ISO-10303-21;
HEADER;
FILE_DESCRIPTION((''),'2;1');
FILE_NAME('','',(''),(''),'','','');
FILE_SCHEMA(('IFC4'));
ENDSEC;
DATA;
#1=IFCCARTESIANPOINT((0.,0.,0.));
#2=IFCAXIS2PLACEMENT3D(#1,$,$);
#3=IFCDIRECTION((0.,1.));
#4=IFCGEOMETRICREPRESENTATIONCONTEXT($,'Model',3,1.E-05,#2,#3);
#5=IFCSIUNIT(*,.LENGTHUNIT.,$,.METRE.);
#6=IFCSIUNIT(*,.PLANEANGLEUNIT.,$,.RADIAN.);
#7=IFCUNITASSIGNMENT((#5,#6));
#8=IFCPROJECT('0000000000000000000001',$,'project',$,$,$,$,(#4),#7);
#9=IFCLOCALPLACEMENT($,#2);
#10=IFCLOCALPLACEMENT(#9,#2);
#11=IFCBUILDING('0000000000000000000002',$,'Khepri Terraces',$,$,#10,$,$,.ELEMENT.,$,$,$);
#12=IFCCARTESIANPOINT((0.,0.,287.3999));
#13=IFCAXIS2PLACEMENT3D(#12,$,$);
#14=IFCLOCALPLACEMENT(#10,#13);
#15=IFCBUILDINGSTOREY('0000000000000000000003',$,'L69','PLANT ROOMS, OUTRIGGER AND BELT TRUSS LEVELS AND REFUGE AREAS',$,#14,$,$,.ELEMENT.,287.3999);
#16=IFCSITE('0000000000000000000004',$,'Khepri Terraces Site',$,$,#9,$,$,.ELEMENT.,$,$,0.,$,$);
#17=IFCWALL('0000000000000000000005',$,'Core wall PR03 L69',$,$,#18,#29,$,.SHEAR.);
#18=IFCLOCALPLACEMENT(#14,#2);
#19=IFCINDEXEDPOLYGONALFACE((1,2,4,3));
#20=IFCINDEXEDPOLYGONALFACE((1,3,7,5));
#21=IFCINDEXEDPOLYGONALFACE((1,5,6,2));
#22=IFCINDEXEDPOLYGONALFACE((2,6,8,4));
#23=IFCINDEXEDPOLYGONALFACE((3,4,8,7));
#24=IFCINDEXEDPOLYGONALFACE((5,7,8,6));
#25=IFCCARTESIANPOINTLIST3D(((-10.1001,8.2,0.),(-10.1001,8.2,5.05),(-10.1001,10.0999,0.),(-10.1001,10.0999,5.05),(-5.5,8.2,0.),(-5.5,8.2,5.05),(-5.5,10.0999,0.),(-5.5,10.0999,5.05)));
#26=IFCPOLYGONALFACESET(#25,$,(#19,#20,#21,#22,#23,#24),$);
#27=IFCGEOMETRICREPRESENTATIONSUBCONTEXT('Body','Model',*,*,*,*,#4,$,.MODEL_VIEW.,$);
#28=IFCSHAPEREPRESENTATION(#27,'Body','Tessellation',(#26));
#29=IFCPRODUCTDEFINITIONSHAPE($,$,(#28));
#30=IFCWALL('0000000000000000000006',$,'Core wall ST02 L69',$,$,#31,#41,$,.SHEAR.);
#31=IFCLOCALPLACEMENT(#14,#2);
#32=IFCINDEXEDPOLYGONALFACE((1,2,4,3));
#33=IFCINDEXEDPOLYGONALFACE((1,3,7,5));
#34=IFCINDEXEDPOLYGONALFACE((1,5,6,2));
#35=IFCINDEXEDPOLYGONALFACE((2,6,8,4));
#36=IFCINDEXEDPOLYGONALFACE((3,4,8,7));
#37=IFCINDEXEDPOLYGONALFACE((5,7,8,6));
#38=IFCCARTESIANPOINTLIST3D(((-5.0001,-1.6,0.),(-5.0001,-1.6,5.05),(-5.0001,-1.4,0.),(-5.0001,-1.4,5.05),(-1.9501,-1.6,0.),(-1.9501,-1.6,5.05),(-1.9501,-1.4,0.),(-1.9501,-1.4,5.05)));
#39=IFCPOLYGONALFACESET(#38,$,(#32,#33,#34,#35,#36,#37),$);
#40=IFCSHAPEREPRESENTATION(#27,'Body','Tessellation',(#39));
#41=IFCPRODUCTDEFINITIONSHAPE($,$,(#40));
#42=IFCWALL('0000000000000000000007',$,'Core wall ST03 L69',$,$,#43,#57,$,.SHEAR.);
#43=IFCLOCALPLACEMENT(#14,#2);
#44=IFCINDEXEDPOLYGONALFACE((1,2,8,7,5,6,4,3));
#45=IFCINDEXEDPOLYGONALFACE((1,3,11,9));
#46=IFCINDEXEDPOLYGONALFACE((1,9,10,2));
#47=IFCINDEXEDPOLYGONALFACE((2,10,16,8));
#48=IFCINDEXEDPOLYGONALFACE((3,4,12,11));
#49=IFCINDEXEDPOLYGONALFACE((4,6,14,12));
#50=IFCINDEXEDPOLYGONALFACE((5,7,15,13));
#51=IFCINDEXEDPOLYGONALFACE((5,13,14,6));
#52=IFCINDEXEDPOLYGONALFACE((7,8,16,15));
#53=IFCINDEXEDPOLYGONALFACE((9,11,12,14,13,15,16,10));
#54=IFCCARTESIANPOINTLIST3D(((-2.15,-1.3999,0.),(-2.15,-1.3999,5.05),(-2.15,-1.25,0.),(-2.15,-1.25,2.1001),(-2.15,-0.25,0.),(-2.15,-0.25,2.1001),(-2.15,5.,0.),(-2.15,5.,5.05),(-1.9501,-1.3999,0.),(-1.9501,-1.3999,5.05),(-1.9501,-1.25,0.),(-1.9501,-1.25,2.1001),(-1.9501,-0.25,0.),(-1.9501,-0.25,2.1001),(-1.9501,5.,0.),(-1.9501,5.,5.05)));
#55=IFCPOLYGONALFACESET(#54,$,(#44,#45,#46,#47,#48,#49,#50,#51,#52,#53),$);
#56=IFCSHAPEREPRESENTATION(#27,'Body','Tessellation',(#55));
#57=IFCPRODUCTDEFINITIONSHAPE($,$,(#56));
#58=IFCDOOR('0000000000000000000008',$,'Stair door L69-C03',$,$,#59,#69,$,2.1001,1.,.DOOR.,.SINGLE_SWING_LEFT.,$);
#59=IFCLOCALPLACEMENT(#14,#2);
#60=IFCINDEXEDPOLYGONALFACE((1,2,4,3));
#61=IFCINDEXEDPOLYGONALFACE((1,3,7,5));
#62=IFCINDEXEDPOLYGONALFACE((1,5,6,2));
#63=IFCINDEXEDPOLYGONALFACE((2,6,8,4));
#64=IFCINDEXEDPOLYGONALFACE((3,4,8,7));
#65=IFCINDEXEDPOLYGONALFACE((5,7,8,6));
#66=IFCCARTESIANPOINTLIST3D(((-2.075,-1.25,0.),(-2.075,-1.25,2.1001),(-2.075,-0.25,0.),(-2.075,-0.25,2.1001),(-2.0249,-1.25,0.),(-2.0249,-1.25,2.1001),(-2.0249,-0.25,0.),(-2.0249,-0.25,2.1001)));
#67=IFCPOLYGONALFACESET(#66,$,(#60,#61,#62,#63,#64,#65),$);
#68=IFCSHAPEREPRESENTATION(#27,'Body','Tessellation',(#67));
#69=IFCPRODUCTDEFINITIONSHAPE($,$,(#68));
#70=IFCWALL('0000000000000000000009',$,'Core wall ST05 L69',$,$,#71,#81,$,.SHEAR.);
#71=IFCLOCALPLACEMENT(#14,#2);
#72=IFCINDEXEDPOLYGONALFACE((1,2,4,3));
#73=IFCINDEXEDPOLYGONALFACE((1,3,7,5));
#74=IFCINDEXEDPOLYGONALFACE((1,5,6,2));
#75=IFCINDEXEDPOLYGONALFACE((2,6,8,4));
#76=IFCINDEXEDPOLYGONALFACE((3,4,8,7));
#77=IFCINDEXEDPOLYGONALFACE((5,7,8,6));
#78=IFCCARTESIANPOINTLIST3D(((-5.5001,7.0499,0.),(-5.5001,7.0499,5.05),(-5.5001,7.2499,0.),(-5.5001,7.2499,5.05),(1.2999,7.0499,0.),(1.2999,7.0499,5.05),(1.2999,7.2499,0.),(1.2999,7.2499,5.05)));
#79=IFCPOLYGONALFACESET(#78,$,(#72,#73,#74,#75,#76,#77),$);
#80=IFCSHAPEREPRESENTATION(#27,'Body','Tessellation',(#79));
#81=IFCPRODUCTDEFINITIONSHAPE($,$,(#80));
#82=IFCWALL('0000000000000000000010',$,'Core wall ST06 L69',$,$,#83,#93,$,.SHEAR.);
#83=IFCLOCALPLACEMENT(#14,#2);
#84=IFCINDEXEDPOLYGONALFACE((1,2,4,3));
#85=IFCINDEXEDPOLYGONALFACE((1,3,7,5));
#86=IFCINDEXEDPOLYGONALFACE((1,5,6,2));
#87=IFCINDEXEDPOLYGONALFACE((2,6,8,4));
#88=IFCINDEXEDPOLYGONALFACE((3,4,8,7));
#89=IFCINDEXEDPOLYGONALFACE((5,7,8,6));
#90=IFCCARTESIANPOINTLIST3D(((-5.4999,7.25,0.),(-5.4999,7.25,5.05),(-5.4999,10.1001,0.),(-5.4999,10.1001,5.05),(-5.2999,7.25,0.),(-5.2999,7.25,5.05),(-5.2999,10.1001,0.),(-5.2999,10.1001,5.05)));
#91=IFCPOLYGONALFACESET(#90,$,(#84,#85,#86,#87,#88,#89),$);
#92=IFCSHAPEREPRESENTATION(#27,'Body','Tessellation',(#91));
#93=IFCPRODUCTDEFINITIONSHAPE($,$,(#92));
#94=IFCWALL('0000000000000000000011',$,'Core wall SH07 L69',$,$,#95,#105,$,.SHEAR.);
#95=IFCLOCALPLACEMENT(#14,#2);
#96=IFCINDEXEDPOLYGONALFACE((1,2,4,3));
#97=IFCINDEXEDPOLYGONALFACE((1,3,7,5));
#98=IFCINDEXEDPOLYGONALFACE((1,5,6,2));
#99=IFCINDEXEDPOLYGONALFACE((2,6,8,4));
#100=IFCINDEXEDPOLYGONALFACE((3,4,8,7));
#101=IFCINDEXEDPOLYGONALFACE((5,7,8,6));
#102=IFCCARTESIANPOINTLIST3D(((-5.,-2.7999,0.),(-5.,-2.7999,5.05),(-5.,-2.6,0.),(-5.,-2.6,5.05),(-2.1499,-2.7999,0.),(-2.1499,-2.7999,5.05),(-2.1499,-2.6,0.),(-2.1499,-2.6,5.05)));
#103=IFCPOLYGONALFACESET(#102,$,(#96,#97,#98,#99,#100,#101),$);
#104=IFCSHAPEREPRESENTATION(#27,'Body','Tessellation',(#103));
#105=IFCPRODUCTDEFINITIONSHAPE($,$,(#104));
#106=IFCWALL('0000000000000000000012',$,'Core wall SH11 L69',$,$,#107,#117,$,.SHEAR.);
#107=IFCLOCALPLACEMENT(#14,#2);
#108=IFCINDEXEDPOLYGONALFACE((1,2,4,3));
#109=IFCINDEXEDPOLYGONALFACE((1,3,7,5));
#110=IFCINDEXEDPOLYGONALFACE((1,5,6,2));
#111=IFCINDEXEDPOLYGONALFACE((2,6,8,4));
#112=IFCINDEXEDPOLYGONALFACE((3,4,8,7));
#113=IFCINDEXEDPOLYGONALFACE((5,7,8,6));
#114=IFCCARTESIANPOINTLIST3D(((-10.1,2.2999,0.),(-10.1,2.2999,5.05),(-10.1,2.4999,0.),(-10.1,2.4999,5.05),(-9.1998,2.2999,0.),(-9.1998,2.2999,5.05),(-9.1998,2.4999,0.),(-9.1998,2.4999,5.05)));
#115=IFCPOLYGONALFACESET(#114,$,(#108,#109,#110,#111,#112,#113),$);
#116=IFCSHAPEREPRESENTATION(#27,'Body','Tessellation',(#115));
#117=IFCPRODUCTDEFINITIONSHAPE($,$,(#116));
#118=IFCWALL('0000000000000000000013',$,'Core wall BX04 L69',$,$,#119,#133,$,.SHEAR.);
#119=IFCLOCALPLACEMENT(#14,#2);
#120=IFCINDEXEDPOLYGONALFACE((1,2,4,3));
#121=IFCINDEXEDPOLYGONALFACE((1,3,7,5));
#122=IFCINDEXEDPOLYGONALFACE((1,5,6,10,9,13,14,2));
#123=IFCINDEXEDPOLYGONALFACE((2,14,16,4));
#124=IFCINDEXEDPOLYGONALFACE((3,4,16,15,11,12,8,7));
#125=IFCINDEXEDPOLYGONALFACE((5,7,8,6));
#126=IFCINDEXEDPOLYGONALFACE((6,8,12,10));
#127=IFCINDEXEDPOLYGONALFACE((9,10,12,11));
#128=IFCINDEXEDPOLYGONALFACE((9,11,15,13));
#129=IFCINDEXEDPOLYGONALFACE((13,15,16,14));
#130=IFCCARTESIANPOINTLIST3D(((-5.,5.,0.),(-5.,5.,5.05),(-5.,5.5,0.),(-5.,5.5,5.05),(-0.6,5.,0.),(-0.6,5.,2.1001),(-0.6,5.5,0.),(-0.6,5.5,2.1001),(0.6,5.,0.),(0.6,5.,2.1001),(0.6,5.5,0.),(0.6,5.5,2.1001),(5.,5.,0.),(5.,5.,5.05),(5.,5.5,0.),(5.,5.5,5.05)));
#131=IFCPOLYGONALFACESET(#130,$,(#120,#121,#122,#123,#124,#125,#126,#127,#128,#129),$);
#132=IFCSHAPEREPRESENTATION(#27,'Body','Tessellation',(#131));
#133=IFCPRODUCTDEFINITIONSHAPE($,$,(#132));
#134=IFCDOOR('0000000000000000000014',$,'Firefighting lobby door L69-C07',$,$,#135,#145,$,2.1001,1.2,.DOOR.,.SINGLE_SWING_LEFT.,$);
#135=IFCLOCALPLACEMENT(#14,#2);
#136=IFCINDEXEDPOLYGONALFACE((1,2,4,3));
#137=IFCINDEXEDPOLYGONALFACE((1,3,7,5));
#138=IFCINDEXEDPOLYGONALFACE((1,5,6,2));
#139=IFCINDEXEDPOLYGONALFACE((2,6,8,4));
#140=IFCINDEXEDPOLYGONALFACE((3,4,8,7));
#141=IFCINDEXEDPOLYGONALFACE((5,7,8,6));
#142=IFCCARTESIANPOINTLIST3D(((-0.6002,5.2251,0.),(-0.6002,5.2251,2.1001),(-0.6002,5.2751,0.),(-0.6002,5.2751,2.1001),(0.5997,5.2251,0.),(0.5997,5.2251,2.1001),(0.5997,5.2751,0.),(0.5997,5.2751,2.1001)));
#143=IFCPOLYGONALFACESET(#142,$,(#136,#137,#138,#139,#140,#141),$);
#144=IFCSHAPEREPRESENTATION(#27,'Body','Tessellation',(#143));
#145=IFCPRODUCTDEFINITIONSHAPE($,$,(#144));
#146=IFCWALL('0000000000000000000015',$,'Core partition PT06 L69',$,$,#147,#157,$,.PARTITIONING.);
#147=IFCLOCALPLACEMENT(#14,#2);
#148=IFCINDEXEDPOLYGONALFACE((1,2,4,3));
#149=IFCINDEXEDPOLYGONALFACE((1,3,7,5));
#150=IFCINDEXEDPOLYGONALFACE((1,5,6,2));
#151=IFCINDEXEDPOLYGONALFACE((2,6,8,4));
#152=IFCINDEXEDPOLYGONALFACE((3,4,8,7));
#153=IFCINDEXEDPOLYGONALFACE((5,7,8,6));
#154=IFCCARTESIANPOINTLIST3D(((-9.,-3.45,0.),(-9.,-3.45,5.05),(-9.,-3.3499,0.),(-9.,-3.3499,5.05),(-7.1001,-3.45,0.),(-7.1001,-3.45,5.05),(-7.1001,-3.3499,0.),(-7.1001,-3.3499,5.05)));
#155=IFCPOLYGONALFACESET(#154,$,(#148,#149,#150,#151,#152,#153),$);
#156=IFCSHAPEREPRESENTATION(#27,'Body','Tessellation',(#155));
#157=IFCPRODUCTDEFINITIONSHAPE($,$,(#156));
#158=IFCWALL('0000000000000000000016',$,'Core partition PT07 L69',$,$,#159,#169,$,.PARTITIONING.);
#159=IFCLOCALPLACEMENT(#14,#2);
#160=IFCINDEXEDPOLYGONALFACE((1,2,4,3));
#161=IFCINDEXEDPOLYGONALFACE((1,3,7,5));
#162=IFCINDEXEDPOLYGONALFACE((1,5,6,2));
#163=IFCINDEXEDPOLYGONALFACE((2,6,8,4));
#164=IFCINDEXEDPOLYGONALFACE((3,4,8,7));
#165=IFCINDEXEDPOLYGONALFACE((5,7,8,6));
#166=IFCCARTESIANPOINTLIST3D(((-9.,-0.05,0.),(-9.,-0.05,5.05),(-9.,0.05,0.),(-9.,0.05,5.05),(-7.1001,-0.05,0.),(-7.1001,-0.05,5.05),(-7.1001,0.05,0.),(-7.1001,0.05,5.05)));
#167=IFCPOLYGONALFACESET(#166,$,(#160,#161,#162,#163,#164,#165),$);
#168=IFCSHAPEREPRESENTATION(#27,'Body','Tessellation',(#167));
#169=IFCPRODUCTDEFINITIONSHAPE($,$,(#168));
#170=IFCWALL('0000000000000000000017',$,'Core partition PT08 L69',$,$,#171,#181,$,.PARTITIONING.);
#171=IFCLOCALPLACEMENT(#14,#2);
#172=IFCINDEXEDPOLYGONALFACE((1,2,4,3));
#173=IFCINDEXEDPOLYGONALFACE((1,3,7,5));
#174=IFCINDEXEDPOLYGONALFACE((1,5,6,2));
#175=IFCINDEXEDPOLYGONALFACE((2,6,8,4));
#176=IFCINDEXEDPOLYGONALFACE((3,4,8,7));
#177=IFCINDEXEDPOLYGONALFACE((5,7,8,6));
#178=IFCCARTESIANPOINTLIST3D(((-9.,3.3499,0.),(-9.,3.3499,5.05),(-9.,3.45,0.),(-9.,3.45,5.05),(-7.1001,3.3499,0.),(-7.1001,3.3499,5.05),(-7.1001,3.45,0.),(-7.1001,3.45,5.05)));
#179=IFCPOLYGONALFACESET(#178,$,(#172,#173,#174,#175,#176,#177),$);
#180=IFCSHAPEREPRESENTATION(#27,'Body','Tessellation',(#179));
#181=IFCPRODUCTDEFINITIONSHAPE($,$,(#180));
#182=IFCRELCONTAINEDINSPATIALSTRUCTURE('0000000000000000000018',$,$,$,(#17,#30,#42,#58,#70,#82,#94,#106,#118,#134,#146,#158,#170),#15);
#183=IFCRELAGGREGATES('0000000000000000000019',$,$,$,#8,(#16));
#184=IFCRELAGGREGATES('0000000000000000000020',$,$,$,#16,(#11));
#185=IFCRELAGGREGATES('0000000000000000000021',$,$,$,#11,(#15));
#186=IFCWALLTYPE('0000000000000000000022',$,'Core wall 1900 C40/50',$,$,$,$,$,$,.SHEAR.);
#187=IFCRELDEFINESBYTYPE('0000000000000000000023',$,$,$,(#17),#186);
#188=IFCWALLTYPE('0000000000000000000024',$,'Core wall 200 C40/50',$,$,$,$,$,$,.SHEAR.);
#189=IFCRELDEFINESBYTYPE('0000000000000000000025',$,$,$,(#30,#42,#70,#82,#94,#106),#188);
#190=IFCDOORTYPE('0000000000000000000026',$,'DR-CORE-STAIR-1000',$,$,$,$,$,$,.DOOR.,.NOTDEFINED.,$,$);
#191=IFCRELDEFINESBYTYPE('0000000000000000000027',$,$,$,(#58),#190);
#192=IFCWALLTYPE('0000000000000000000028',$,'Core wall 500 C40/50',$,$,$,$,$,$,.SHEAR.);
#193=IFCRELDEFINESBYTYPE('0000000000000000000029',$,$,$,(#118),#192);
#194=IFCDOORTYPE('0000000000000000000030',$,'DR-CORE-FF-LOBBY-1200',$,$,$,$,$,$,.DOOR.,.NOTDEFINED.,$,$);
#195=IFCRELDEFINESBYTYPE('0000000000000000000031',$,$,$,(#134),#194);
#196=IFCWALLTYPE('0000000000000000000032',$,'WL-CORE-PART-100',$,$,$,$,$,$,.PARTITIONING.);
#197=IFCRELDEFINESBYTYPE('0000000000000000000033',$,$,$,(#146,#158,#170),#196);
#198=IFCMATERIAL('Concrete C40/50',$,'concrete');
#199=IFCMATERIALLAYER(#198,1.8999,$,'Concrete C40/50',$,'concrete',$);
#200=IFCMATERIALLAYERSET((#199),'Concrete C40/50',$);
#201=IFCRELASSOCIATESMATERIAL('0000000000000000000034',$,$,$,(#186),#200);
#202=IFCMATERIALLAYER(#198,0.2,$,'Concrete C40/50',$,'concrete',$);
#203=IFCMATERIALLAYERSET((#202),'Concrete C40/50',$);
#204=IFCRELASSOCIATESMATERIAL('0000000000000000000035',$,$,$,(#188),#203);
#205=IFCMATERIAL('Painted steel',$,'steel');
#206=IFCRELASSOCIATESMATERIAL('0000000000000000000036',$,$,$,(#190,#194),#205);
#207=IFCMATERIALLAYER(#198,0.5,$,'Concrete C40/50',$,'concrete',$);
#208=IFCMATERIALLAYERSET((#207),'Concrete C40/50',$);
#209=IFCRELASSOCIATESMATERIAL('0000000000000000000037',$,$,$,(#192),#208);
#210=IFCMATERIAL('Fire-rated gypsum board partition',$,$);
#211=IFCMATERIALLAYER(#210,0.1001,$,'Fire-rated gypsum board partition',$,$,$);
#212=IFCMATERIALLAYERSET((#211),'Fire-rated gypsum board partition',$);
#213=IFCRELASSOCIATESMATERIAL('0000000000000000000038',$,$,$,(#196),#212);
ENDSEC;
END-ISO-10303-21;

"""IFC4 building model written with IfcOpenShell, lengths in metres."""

from ifc_helpers import new_model, si_unit, direction, frame, frame_2d, origin, place, context, subcontext, project, spatial, rectangle, extrude, material, layer, layer_set, type_object, element, fill, save


model = new_model("IFC4")

# Units and contexts
model_context = context("Model", 3, precision=1e-05, world=origin(), true_north=direction((0.0, 1.0)))
body_context = subcontext(model_context, "Body", "Model", "MODEL_VIEW")
ifc_project = project(units=[si_unit("LENGTHUNIT", "METRE"), si_unit("PLANEANGLEUNIT", "RADIAN")], contexts=[model_context])

# Site, building, storey
site_placement = place(None, origin())
site = spatial("IfcSite", under=ifc_project, at=site_placement, Name="Khepri Terraces Site", CompositionType="ELEMENT", RefElevation=0.0)
building_placement = place(site_placement, origin())
building = spatial("IfcBuilding", under=site, at=building_placement, Name="Khepri Terraces", CompositionType="ELEMENT")
storey_placement = place(building_placement, frame((0.0, 0.0, 287.3999)))
storey = spatial("IfcBuildingStorey", under=building, at=storey_placement, Name="L69", Description="PLANT ROOMS, OUTRIGGER AND BELT TRUSS LEVELS AND REFUGE AREAS", CompositionType="ELEMENT", Elevation=287.3999)

# Walls
ifc_material_1 = material(Name="Concrete C40/50", Category="concrete")
ifc_layer_1 = layer(ifc_material_1, 1.8999, Name="Concrete C40/50", Category="concrete")
ifc_layer_set_1 = layer_set([ifc_layer_1], Name="Concrete C40/50")
wall_type_1 = type_object("IfcWallType", Name="Core wall 1900 C40/50", PredefinedType="SHEAR", material=ifc_layer_set_1)
wall_1_placement = place(storey_placement, frame((-10.1001, 9.1499, 0.0), z_axis=(0.0, 0.0, 1.0), x_axis=(1.0, 0.0, 0.0)))
element("IfcWall", 1, at=wall_1_placement, inside=storey, type_object=wall_type_1, Name="Core wall PR03 L69", PredefinedType="SHEAR", context=body_context, shape_type="SweptSolid", body=[
    extrude(rectangle(XDim=4.6001, YDim=1.8999, at=frame_2d((2.3, 0.0))), origin(), (0.0, 0.0, 1.0), 5.05),
])
ifc_layer_2 = layer(ifc_material_1, 0.2, Name="Concrete C40/50", Category="concrete")
ifc_layer_set_2 = layer_set([ifc_layer_2], Name="Concrete C40/50")
wall_type_2 = type_object("IfcWallType", Name="Core wall 200 C40/50", PredefinedType="SHEAR", material=ifc_layer_set_2)
wall_2_placement = place(storey_placement, frame((-5.0, -1.5, 0.0), z_axis=(0.0, 0.0, 1.0), x_axis=(1.0, 0.0, 0.0)))
element("IfcWall", 2, at=wall_2_placement, inside=storey, type_object=wall_type_2, Name="Core wall ST02 L69", PredefinedType="SHEAR", context=body_context, shape_type="SweptSolid", body=[
    extrude(rectangle(XDim=3.05, YDim=0.2, at=frame_2d((1.5249, 0.0))), origin(), (0.0, 0.0, 1.0), 5.05),
])

# Wall, opening, door
wall_3_placement = place(storey_placement, frame((-2.05, -1.3999, 0.0), z_axis=(0.0, 0.0, 1.0), x_axis=(0.0, 1.0, 0.0)))
wall_3 = element("IfcWall", 3, at=wall_3_placement, inside=storey, type_object=wall_type_2, Name="Core wall ST03 L69", PredefinedType="SHEAR", context=body_context, shape_type="SweptSolid", body=[
    extrude(rectangle(XDim=6.3999, YDim=0.2, at=frame_2d((3.2, 0.0))), origin(), (0.0, 0.0, 1.0), 5.05),
])
opening_1_placement = place(wall_3_placement, frame((0.1499, 0.0, 0.0)))
opening_1 = element("IfcOpeningElement", 4, at=opening_1_placement, cuts=wall_3, PredefinedType="OPENING", context=body_context, shape_type="SweptSolid", body=[
    extrude(rectangle(XDim=1.0, YDim=2.1001, at=frame_2d((0.5, 1.05))), frame((0.0, 0.1099, 0.0), z_axis=(0.0, -1.0, 0.0), x_axis=(1.0, 0.0, 0.0)), (0.0, 0.0, 1.0), 0.22),
])
ifc_material_2 = material(Name="Painted steel", Category="steel")
door_type_1 = type_object("IfcDoorType", Name="DR-CORE-STAIR-1000", OperationType="NOTDEFINED", PredefinedType="DOOR", material=ifc_material_2)
door_1_placement = place(opening_1_placement, origin())
door_1 = element("IfcDoor", 5, at=door_1_placement, inside=storey, type_object=door_type_1, Name="Stair door L69-C03", OperationType="SINGLE_SWING_LEFT", OverallHeight=2.1001, OverallWidth=1.0, PredefinedType="DOOR", context=body_context, shape_type="SweptSolid", body=[
    extrude(rectangle(XDim=1.0, YDim=2.1001, at=frame_2d((0.5, 1.05))), frame((0.0, 0.0249, 0.0), z_axis=(0.0, -1.0, 0.0), x_axis=(1.0, 0.0, 0.0)), (0.0, 0.0, 1.0), 0.05),
])
fill(opening_1, door_1)

# Walls
wall_4_placement = place(storey_placement, frame((-5.5, 7.1499, 0.0), z_axis=(0.0, 0.0, 1.0), x_axis=(1.0, 0.0, 0.0)))
element("IfcWall", 6, at=wall_4_placement, inside=storey, type_object=wall_type_2, Name="Core wall ST05 L69", PredefinedType="SHEAR", context=body_context, shape_type="SweptSolid", body=[
    extrude(rectangle(XDim=6.8, YDim=0.2, at=frame_2d((3.3999, 0.0))), origin(), (0.0, 0.0, 1.0), 5.05),
])
for number, where, z_axis, x_axis, name in (
    (7, (-5.3999, 7.25, 0.0), (0.0, 0.0, 1.0), (0.0, 1.0, 0.0), "Core wall ST06 L69"),
    (8, (-5.0, -2.7, 0.0), (0.0, 0.0, 1.0), (1.0, 0.0, 0.0), "Core wall SH07 L69"),
):
    element("IfcWall", number, at=place(storey_placement, frame(where, z_axis=z_axis, x_axis=x_axis)), inside=storey, type_object=wall_type_2, Name=name, PredefinedType="SHEAR", context=body_context, shape_type="SweptSolid", body=[
        extrude(rectangle(XDim=2.8501, YDim=0.2, at=frame_2d((1.425, 0.0))), origin(), (0.0, 0.0, 1.0), 5.05),
    ])
wall_5_placement = place(storey_placement, frame((-10.1001, 2.3999, 0.0), z_axis=(0.0, 0.0, 1.0), x_axis=(1.0, 0.0, 0.0)))
element("IfcWall", 9, at=wall_5_placement, inside=storey, type_object=wall_type_2, Name="Core wall SH11 L69", PredefinedType="SHEAR", context=body_context, shape_type="SweptSolid", body=[
    extrude(rectangle(XDim=0.9001, YDim=0.2, at=frame_2d((0.4502, 0.0))), origin(), (0.0, 0.0, 1.0), 5.05),
])

# Wall, opening, door
ifc_layer_3 = layer(ifc_material_1, 0.5, Name="Concrete C40/50", Category="concrete")
ifc_layer_set_3 = layer_set([ifc_layer_3], Name="Concrete C40/50")
wall_type_3 = type_object("IfcWallType", Name="Core wall 500 C40/50", PredefinedType="SHEAR", material=ifc_layer_set_3)
wall_6_placement = place(storey_placement, frame((-5.0, 5.25, 0.0), z_axis=(0.0, 0.0, 1.0), x_axis=(1.0, 0.0, 0.0)))
wall_6 = element("IfcWall", 10, at=wall_6_placement, inside=storey, type_object=wall_type_3, Name="Core wall BX04 L69", PredefinedType="SHEAR", context=body_context, shape_type="SweptSolid", body=[
    extrude(rectangle(XDim=10.0, YDim=0.5, at=frame_2d((5.0, 0.0))), origin(), (0.0, 0.0, 1.0), 5.05),
])
opening_2_placement = place(wall_6_placement, frame((4.3999, 0.0, 0.0)))
opening_2 = element("IfcOpeningElement", 11, at=opening_2_placement, cuts=wall_6, PredefinedType="OPENING", context=body_context, shape_type="SweptSolid", body=[
    extrude(rectangle(XDim=1.2, YDim=2.1001, at=frame_2d((0.6001, 1.05))), frame((0.0, 0.26, 0.0), z_axis=(0.0, -1.0, 0.0), x_axis=(1.0, 0.0, 0.0)), (0.0, 0.0, 1.0), 0.52),
])
door_type_2 = type_object("IfcDoorType", Name="DR-CORE-FF-LOBBY-1200", OperationType="NOTDEFINED", PredefinedType="DOOR", material=ifc_material_2)
door_2_placement = place(opening_2_placement, frame((1.2, 0.0, 0.0), z_axis=(0.0, 0.0, 1.0), x_axis=(-1.0, 0.0, 0.0)))
door_2 = element("IfcDoor", 12, at=door_2_placement, inside=storey, type_object=door_type_2, Name="Firefighting lobby door L69-C07", OperationType="SINGLE_SWING_LEFT", OverallHeight=2.1001, OverallWidth=1.2, PredefinedType="DOOR", context=body_context, shape_type="SweptSolid", body=[
    extrude(rectangle(XDim=1.2, YDim=2.1001, at=frame_2d((0.6001, 1.05))), frame((0.0, 0.0249, 0.0), z_axis=(0.0, -1.0, 0.0), x_axis=(1.0, 0.0, 0.0)), (0.0, 0.0, 1.0), 0.05),
])
fill(opening_2, door_2)

# Walls
ifc_material_3 = material(Name="Fire-rated gypsum board partition")
ifc_layer_4 = layer(ifc_material_3, 0.1001, Name="Fire-rated gypsum board partition")
ifc_layer_set_4 = layer_set([ifc_layer_4], Name="Fire-rated gypsum board partition")
wall_type_4 = type_object("IfcWallType", Name="WL-CORE-PART-100", PredefinedType="PARTITIONING", material=ifc_layer_set_4)
for number, where, z_axis, x_axis, name in (
    (13, (-9.0, -3.3999, 0.0), (0.0, 0.0, 1.0), (1.0, 0.0, 0.0), "Core partition PT06 L69"),
    (14, (-9.0, 0.0, 0.0), (0.0, 0.0, 1.0), (1.0, 0.0, 0.0), "Core partition PT07 L69"),
    (15, (-9.0, 3.3999, 0.0), (0.0, 0.0, 1.0), (1.0, 0.0, 0.0), "Core partition PT08 L69"),
):
    element("IfcWall", number, at=place(storey_placement, frame(where, z_axis=z_axis, x_axis=x_axis)), inside=storey, type_object=wall_type_4, Name=name, PredefinedType="PARTITIONING", context=body_context, shape_type="SweptSolid", body=[
        extrude(rectangle(XDim=1.8999, YDim=0.1001, at=frame_2d((0.95, 0.0))), origin(), (0.0, 0.0, 1.0), 5.05),
    ])

save(model, "model.ifc")
